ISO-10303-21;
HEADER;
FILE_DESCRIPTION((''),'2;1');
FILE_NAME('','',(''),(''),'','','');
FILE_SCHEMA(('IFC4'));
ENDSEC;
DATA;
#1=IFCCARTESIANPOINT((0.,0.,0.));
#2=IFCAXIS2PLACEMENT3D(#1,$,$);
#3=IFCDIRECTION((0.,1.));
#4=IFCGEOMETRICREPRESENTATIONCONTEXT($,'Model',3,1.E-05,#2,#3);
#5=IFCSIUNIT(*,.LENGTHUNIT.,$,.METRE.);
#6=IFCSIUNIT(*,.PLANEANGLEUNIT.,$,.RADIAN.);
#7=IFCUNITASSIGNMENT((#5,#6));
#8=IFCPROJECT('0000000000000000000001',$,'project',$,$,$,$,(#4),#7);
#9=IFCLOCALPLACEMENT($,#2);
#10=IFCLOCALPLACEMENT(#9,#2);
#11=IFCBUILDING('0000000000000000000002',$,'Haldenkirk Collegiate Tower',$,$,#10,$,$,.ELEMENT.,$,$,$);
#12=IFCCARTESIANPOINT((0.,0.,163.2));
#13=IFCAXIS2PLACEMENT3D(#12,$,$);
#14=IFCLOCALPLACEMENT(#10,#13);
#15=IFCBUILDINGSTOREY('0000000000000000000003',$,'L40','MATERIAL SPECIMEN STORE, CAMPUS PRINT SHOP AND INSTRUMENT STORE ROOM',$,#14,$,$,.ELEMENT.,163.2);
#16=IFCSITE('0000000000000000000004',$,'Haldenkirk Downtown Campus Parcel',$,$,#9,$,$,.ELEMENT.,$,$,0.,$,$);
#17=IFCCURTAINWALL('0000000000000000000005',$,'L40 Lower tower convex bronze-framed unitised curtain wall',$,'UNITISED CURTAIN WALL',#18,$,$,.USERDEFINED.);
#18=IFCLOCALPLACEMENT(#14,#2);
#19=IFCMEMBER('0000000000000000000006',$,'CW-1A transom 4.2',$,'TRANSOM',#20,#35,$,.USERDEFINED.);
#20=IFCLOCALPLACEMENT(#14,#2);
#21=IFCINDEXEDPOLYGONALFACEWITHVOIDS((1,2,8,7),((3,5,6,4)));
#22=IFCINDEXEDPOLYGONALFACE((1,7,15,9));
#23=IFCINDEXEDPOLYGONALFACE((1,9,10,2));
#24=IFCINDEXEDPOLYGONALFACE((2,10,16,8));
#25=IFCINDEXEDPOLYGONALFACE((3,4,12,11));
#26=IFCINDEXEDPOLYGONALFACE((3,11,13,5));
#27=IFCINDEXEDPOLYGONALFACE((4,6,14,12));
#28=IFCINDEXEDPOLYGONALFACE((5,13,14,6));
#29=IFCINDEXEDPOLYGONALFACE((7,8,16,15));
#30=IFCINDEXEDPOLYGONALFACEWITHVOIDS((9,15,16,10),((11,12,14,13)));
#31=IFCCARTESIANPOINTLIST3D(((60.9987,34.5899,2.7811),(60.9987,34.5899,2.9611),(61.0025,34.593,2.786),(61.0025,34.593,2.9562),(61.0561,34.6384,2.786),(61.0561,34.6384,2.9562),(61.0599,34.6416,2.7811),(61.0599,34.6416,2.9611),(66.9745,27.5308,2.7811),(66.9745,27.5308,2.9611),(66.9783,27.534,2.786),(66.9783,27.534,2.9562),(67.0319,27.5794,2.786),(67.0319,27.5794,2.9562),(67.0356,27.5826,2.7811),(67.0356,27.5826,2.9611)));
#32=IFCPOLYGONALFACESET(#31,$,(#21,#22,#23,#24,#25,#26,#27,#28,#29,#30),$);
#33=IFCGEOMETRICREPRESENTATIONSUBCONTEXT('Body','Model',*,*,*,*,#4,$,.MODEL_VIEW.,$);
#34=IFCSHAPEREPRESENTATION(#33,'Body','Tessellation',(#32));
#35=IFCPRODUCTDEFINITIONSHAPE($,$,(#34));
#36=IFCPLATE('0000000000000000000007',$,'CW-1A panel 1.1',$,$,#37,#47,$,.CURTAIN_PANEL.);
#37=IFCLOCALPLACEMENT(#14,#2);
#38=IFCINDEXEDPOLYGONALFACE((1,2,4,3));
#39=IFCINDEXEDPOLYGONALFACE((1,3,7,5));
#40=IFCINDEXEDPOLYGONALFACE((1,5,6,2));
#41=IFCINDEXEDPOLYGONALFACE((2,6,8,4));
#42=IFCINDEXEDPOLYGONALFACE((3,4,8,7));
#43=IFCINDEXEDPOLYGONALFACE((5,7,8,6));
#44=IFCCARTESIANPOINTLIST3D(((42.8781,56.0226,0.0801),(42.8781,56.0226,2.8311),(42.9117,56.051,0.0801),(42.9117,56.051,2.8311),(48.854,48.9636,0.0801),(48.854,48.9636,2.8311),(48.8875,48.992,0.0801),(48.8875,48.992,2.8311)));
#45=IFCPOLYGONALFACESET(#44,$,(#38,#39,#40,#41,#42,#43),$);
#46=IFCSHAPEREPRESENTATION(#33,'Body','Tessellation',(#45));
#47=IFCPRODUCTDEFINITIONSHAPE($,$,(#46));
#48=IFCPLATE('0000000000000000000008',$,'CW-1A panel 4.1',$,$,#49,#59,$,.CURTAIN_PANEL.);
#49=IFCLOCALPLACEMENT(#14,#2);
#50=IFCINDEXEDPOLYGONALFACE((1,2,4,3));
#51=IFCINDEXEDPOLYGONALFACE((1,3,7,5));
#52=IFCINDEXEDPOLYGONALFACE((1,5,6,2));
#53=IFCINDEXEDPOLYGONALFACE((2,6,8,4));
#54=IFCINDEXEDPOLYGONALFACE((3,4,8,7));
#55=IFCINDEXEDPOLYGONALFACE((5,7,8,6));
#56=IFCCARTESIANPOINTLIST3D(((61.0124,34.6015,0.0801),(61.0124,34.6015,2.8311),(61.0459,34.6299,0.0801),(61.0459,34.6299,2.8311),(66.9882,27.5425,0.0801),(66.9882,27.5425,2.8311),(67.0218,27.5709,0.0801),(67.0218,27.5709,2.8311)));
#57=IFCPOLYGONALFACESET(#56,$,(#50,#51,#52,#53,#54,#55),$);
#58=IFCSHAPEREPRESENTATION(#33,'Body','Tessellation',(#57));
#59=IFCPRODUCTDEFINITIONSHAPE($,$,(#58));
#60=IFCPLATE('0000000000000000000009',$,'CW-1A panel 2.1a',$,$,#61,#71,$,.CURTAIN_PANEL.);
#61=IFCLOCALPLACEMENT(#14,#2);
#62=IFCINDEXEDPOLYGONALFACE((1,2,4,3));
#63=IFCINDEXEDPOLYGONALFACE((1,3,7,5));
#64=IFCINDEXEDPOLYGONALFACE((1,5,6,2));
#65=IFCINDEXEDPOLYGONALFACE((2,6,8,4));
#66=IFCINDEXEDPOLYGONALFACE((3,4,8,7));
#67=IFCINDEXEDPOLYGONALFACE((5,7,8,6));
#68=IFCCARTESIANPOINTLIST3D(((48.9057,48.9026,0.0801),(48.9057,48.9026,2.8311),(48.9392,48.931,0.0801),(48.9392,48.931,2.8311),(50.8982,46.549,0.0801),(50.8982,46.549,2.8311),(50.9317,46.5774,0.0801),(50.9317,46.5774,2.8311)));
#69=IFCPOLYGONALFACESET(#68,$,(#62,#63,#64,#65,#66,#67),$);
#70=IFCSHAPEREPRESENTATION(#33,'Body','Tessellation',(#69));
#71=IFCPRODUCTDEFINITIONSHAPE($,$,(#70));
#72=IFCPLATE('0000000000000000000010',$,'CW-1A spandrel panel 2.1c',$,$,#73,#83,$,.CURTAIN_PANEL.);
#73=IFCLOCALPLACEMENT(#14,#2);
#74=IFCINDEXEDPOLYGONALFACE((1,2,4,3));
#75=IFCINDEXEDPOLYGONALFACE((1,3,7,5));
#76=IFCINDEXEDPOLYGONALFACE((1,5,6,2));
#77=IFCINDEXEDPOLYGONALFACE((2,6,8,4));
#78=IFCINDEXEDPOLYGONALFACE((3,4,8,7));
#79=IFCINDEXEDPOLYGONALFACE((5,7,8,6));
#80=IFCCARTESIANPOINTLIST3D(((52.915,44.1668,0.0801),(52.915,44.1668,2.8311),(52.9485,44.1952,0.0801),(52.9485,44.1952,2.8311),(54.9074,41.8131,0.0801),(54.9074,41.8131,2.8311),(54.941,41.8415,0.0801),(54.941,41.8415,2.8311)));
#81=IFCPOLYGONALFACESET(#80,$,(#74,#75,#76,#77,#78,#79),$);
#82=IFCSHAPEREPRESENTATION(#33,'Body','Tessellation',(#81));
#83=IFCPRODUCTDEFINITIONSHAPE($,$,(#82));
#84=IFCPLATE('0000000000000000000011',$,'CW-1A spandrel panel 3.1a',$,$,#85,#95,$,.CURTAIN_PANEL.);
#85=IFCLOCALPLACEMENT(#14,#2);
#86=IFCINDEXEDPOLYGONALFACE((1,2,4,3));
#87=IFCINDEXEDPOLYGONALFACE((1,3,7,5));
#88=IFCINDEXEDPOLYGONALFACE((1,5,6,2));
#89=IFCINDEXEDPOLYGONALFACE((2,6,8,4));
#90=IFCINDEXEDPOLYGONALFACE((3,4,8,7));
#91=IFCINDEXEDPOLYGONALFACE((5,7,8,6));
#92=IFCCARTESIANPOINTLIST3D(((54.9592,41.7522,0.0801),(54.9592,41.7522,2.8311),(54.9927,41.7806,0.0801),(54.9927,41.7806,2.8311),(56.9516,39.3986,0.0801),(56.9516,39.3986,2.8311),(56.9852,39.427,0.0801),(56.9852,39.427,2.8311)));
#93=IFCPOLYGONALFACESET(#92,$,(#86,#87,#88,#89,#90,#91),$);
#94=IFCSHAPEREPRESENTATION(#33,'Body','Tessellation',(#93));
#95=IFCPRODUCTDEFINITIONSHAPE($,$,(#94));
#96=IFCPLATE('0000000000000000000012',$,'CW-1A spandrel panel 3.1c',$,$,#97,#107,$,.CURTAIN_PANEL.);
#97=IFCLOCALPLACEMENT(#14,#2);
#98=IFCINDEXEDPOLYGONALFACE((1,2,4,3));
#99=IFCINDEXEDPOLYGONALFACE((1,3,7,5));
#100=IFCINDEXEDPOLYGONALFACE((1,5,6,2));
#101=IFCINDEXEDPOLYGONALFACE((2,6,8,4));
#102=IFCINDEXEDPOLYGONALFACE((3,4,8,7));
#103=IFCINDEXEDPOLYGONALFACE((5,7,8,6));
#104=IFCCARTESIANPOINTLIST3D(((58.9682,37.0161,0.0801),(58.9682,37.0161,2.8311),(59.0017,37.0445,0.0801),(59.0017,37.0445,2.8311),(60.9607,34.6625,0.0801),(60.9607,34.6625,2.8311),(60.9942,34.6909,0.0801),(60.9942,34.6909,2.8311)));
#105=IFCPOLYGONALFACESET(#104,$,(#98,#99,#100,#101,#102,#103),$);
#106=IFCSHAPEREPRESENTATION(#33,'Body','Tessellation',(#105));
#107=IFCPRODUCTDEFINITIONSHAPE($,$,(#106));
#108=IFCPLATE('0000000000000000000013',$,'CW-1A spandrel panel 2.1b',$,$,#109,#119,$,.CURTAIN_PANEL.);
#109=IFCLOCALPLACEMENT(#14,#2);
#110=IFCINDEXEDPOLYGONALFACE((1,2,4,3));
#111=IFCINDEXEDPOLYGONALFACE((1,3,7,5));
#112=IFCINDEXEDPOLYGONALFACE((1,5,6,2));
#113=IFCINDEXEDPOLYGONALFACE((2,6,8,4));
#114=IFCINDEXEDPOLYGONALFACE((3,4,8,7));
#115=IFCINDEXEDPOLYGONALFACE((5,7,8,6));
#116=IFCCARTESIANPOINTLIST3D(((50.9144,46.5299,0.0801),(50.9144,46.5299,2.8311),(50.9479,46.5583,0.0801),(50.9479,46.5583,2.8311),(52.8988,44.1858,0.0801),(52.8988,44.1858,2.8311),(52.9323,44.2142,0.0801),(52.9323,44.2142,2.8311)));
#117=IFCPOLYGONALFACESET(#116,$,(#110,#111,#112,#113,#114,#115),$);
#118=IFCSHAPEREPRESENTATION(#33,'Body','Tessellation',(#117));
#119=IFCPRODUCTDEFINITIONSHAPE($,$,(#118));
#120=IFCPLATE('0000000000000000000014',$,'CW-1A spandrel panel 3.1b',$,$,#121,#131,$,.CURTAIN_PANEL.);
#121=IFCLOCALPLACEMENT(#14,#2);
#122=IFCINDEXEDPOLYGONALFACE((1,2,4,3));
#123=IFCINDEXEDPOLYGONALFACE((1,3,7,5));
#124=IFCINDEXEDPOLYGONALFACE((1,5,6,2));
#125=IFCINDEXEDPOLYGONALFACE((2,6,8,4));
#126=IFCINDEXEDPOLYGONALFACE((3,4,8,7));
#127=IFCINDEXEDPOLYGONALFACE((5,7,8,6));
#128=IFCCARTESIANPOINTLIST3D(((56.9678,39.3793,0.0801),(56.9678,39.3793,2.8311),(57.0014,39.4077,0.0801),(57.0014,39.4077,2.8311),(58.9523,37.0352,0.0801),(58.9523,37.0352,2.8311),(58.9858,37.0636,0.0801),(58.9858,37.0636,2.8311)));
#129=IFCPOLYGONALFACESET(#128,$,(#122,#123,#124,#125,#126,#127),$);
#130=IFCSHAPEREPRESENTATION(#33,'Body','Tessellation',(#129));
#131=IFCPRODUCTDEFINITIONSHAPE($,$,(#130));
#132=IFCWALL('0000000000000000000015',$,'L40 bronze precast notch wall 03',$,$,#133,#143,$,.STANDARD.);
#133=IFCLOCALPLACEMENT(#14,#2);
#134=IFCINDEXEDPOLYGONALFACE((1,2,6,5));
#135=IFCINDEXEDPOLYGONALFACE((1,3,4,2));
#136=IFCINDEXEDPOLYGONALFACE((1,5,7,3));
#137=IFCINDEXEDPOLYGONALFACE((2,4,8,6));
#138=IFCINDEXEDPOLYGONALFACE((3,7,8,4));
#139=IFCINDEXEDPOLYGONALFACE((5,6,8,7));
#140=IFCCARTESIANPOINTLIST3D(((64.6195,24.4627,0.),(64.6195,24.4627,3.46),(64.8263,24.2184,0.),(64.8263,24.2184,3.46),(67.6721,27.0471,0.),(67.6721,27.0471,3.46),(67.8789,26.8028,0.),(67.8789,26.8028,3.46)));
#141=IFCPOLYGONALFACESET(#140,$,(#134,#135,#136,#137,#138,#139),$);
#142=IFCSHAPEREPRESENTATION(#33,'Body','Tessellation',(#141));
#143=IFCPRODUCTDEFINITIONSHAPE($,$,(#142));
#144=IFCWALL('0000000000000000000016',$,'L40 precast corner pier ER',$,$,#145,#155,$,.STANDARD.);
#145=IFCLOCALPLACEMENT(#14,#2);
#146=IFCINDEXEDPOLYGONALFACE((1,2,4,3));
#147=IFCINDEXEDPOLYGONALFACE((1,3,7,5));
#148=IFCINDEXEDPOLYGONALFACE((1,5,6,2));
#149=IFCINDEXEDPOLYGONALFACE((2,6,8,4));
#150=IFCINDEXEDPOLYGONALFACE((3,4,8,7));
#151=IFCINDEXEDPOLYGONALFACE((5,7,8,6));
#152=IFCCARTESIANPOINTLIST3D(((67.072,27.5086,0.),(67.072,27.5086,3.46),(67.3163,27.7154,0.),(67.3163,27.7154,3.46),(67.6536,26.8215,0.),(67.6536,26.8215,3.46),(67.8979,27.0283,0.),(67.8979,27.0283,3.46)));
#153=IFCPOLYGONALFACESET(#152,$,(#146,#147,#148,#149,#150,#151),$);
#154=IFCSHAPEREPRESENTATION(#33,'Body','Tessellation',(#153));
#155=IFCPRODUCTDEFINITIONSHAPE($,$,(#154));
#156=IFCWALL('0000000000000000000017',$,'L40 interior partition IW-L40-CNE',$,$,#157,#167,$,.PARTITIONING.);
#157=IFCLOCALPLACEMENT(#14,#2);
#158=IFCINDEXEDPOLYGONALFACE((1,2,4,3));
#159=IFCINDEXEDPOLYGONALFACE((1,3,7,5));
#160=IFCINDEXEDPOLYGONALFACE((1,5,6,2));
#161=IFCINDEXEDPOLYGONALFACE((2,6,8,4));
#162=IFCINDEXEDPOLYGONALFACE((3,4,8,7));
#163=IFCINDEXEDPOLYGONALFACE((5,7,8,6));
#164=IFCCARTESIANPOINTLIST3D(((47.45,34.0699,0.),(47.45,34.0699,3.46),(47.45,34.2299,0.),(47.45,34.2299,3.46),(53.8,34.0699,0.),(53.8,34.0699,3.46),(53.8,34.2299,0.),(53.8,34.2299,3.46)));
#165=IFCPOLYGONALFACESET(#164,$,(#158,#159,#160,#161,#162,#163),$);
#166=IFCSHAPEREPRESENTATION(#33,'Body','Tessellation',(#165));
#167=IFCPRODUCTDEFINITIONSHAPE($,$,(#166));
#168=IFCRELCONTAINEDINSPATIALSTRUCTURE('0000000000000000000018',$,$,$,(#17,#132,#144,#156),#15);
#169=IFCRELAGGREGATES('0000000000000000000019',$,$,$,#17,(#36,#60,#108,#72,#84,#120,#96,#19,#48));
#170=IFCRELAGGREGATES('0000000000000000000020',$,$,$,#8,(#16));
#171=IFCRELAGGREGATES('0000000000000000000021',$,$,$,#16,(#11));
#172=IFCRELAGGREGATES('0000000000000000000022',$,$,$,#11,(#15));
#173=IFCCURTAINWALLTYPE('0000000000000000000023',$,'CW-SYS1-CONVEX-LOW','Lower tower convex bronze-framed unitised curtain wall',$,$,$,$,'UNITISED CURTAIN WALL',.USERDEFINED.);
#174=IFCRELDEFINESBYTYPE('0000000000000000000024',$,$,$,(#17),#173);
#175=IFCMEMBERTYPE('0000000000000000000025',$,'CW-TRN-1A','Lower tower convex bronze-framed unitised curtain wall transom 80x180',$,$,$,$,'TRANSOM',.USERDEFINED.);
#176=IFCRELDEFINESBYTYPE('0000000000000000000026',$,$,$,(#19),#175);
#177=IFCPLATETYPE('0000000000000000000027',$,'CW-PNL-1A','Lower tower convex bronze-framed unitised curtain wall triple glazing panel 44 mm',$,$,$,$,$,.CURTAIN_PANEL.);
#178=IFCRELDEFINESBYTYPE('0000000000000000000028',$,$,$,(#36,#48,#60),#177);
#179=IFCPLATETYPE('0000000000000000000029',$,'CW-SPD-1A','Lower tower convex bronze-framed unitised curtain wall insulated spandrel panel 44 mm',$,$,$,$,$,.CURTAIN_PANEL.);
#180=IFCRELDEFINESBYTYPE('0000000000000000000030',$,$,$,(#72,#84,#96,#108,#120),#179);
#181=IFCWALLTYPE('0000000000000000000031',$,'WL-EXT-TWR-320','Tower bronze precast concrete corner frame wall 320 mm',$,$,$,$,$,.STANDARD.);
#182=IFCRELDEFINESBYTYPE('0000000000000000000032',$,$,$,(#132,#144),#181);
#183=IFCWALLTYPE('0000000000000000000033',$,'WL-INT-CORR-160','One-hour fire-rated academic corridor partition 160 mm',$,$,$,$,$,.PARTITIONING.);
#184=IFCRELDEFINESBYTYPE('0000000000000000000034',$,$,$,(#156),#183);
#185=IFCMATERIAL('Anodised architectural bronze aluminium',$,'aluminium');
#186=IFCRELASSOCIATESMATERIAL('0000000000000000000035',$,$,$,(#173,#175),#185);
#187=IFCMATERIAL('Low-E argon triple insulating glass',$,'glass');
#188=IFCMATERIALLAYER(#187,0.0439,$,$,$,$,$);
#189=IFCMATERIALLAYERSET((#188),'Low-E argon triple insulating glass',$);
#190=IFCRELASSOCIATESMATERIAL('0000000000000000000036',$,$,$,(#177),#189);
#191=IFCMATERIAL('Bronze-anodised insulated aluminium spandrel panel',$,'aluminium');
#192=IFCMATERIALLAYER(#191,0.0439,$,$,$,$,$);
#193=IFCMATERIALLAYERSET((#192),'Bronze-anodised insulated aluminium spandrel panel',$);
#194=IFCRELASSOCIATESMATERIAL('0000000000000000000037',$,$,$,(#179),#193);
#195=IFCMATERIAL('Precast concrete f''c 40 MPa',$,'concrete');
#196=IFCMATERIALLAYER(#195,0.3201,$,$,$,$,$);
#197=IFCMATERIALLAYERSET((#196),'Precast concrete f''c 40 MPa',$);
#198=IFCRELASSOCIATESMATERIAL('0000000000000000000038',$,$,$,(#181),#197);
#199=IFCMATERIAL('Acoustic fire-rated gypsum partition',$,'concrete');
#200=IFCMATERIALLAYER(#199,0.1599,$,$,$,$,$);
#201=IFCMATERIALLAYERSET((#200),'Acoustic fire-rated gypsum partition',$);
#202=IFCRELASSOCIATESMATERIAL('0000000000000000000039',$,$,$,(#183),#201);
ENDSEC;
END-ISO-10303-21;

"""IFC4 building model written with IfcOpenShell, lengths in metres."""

from ifc_helpers import new_model, si_unit, direction, frame, frame_2d, origin, origin_2d, place, context, subcontext, project, spatial, rectangle, hollow_rectangle, extrude, source, transform, mapped, material, layer, layer_set, material_profile, profile_set, type_object, element, aggregate, save


model = new_model("IFC4")

# Units and contexts
model_context = context("Model", 3, precision=1e-05, world=origin(), true_north=direction((0.0, 1.0)))
body_context = subcontext(model_context, "Body", "Model", "MODEL_VIEW")
ifc_project = project(units=[si_unit("LENGTHUNIT", "METRE"), si_unit("PLANEANGLEUNIT", "RADIAN")], contexts=[model_context])

# Site, building, storey
site_placement = place(None, origin())
site = spatial("IfcSite", under=ifc_project, at=site_placement, Name="Haldenkirk Downtown Campus Parcel", CompositionType="ELEMENT", RefElevation=0.0)
building_placement = place(site_placement, origin())
building = spatial("IfcBuilding", under=site, at=building_placement, Name="Haldenkirk Collegiate Tower", CompositionType="ELEMENT")
storey_placement = place(building_placement, frame((0.0, 0.0, 163.2)))
storey = spatial("IfcBuildingStorey", under=building, at=storey_placement, Name="L40", Description="MATERIAL SPECIMEN STORE, CAMPUS PRINT SHOP AND INSTRUMENT STORE ROOM", CompositionType="ELEMENT", Elevation=163.2)

# Curtain wall, member, plates
ifc_material_1 = material(Name="Anodised architectural bronze aluminium", Category="aluminium")
curtain_wall_type = type_object("IfcCurtainWallType", Name="CW-SYS1-CONVEX-LOW", Description="Lower tower convex bronze-framed unitised curtain wall", ElementType="UNITISED CURTAIN WALL", PredefinedType="USERDEFINED", material=ifc_material_1)
curtain_wall_placement = place(storey_placement, origin())
curtain_wall = element("IfcCurtainWall", 1, at=curtain_wall_placement, inside=storey, type_object=curtain_wall_type, Name="L40 Lower tower convex bronze-framed unitised curtain wall", ObjectType="UNITISED CURTAIN WALL", PredefinedType="USERDEFINED")
ifc_material_profile_1 = material_profile(ifc_material_1, hollow_rectangle(XDim=0.0801, YDim=0.1799, WallThickness=0.0049, at=origin_2d()), Name="CW-TRN-1A")
ifc_profile_set_1 = profile_set([ifc_material_profile_1], Name="Anodised architectural bronze aluminium")
member_type_1 = type_object("IfcMemberType", Name="CW-TRN-1A", Description="Lower tower convex bronze-framed unitised curtain wall transom 80x180", ElementType="TRANSOM", PredefinedType="USERDEFINED", material=ifc_profile_set_1)
member_1_placement = place(storey_placement, frame((61.0293, 34.6157, 2.8711), z_axis=(0.646116, -0.763239, 0.0), x_axis=(0.763239, 0.646116, 0.0)))
member_1 = element("IfcMember", 2, at=member_1_placement, type_object=member_type_1, Name="CW-1A transom 4.2", ObjectType="TRANSOM", PredefinedType="USERDEFINED", context=body_context, shape_type="SweptSolid", body=[
    extrude(hollow_rectangle(XDim=0.0801, YDim=0.1799, WallThickness=0.0049, at=origin_2d()), origin(), (0.0, 0.0, 1.0), 9.2488),
])
ifc_material_2 = material(Name="Low-E argon triple insulating glass", Category="glass")
ifc_layer_1 = layer(ifc_material_2, 0.0439)
ifc_layer_set_1 = layer_set([ifc_layer_1], Name="Low-E argon triple insulating glass")
plate_type_1 = type_object("IfcPlateType", Name="CW-PNL-1A", Description="Lower tower convex bronze-framed unitised curtain wall triple glazing panel 44 mm", PredefinedType="CURTAIN_PANEL", material=ifc_layer_set_1)
shared_shape_1 = source(origin(), body_context, "Body", "SweptSolid", [
    extrude(rectangle(XDim=9.2488, YDim=0.0439, at=origin_2d()), origin(), (0.0, 0.0, 1.0), 2.751),
])
plate_1_placement = place(storey_placement, frame((45.8828, 52.5073, 0.0801), z_axis=(0.0, 0.0, 1.0), x_axis=(0.646123, -0.763233, 0.0)))
plate_1 = element("IfcPlate", 3, at=plate_1_placement, type_object=plate_type_1, Name="CW-1A panel 1.1", PredefinedType="CURTAIN_PANEL", context=body_context, shape_type="MappedRepresentation", body=[
    mapped(shared_shape_1, transform((0.0, 0.0, 0.0), x_axis=(1.0, 0.0, 0.0), y_axis=(0.0, 1.0, 0.0), z_axis=(0.0, 0.0, 1.0), scale=1.0)),
])
plate_2_placement = place(storey_placement, frame((64.0171, 31.0862, 0.0801), z_axis=(0.0, 0.0, 1.0), x_axis=(0.646123, -0.763233, 0.0)))
plate_2 = element("IfcPlate", 4, at=plate_2_placement, type_object=plate_type_1, Name="CW-1A panel 4.1", PredefinedType="CURTAIN_PANEL", context=body_context, shape_type="MappedRepresentation", body=[
    mapped(shared_shape_1, transform((0.0, 0.0, 0.0), x_axis=(1.0, 0.0, 0.0), y_axis=(0.0, 1.0, 0.0), z_axis=(0.0, 0.0, 1.0), scale=1.0)),
])
shared_shape_2 = source(origin(), body_context, "Body", "SweptSolid", [
    extrude(rectangle(XDim=3.0837, YDim=0.0439, at=origin_2d()), origin(), (0.0, 0.0, 1.0), 2.751),
])
plate_3_placement = place(storey_placement, frame((49.9187, 47.74, 0.0801), z_axis=(0.0, 0.0, 1.0), x_axis=(0.646123, -0.763233, 0.0)))
plate_3 = element("IfcPlate", 5, at=plate_3_placement, type_object=plate_type_1, Name="CW-1A panel 2.1a", PredefinedType="CURTAIN_PANEL", context=body_context, shape_type="MappedRepresentation", body=[
    mapped(shared_shape_2, transform((0.0, 0.0, 0.0), x_axis=(1.0, 0.0, 0.0), y_axis=(0.0, 1.0, 0.0), z_axis=(0.0, 0.0, 1.0), scale=1.0)),
])
ifc_material_3 = material(Name="Bronze-anodised insulated aluminium spandrel panel", Category="aluminium")
ifc_layer_2 = layer(ifc_material_3, 0.0439)
ifc_layer_set_2 = layer_set([ifc_layer_2], Name="Bronze-anodised insulated aluminium spandrel panel")
plate_type_2 = type_object("IfcPlateType", Name="CW-SPD-1A", Description="Lower tower convex bronze-framed unitised curtain wall insulated spandrel panel 44 mm", PredefinedType="CURTAIN_PANEL", material=ifc_layer_set_2)
plate_4_placement = place(storey_placement, frame((53.928, 43.0042, 0.0801), z_axis=(0.0, 0.0, 1.0), x_axis=(0.646123, -0.763233, 0.0)))
plate_4 = element("IfcPlate", 6, at=plate_4_placement, type_object=plate_type_2, Name="CW-1A spandrel panel 2.1c", PredefinedType="CURTAIN_PANEL", context=body_context, shape_type="MappedRepresentation", body=[
    mapped(shared_shape_2, transform((0.0, 0.0, 0.0), x_axis=(1.0, 0.0, 0.0), y_axis=(0.0, 1.0, 0.0), z_axis=(0.0, 0.0, 1.0), scale=1.0)),
])
plate_5_placement = place(storey_placement, frame((55.9722, 40.5896, 0.0801), z_axis=(0.0, 0.0, 1.0), x_axis=(0.646123, -0.763233, 0.0)))
plate_5 = element("IfcPlate", 7, at=plate_5_placement, type_object=plate_type_2, Name="CW-1A spandrel panel 3.1a", PredefinedType="CURTAIN_PANEL", context=body_context, shape_type="MappedRepresentation", body=[
    mapped(shared_shape_2, transform((0.0, 0.0, 0.0), x_axis=(1.0, 0.0, 0.0), y_axis=(0.0, 1.0, 0.0), z_axis=(0.0, 0.0, 1.0), scale=1.0)),
])
plate_6_placement = place(storey_placement, frame((59.9812, 35.8535, 0.0801), z_axis=(0.0, 0.0, 1.0), x_axis=(0.646123, -0.763233, 0.0)))
plate_6 = element("IfcPlate", 8, at=plate_6_placement, type_object=plate_type_2, Name="CW-1A spandrel panel 3.1c", PredefinedType="CURTAIN_PANEL", context=body_context, shape_type="MappedRepresentation", body=[
    mapped(shared_shape_2, transform((0.0, 0.0, 0.0), x_axis=(1.0, 0.0, 0.0), y_axis=(0.0, 1.0, 0.0), z_axis=(0.0, 0.0, 1.0), scale=1.0)),
])
shared_shape_3 = source(origin(), body_context, "Body", "SweptSolid", [
    extrude(rectangle(XDim=3.0713, YDim=0.0439, at=origin_2d()), origin(), (0.0, 0.0, 1.0), 2.751),
])
plate_7_placement = place(storey_placement, frame((51.9233, 45.3721, 0.0801), z_axis=(0.0, 0.0, 1.0), x_axis=(0.646123, -0.763233, 0.0)))
plate_7 = element("IfcPlate", 9, at=plate_7_placement, type_object=plate_type_2, Name="CW-1A spandrel panel 2.1b", PredefinedType="CURTAIN_PANEL", context=body_context, shape_type="MappedRepresentation", body=[
    mapped(shared_shape_3, transform((0.0, 0.0, 0.0), x_axis=(1.0, 0.0, 0.0), y_axis=(0.0, 1.0, 0.0), z_axis=(0.0, 0.0, 1.0), scale=1.0)),
])
plate_8_placement = place(storey_placement, frame((57.9768, 38.2214, 0.0801), z_axis=(0.0, 0.0, 1.0), x_axis=(0.646123, -0.763233, 0.0)))
plate_8 = element("IfcPlate", 10, at=plate_8_placement, type_object=plate_type_2, Name="CW-1A spandrel panel 3.1b", PredefinedType="CURTAIN_PANEL", context=body_context, shape_type="MappedRepresentation", body=[
    mapped(shared_shape_3, transform((0.0, 0.0, 0.0), x_axis=(1.0, 0.0, 0.0), y_axis=(0.0, 1.0, 0.0), z_axis=(0.0, 0.0, 1.0), scale=1.0)),
])
aggregate(curtain_wall, [plate_1, plate_3, plate_7, plate_4, plate_5, plate_8, plate_6, member_1, plate_2])

# Walls
ifc_material_4 = material(Name="Precast concrete f'c 40 MPa", Category="concrete")
ifc_layer_3 = layer(ifc_material_4, 0.3201)
ifc_layer_set_3 = layer_set([ifc_layer_3], Name="Precast concrete f'c 40 MPa")
wall_type_1 = type_object("IfcWallType", Name="WL-EXT-TWR-320", Description="Tower bronze precast concrete corner frame wall 320 mm", PredefinedType="STANDARD", material=ifc_layer_set_3)
wall_1_placement = place(storey_placement, frame((67.7756, 26.925, 0.0), z_axis=(0.0, 0.0, 1.0), x_axis=(-0.763215, -0.646145, 0.0)))
element("IfcWall", 11, at=wall_1_placement, inside=storey, type_object=wall_type_1, Name="L40 bronze precast notch wall 03", PredefinedType="STANDARD", context=body_context, shape_type="SweptSolid", body=[
    extrude(rectangle(XDim=3.9998, YDim=0.3201, at=frame_2d((2.0, 0.0))), origin(), (0.0, 0.0, 1.0), 3.46),
])
wall_2_placement = place(storey_placement, frame((67.1941, 27.6121, 0.0), z_axis=(0.0, 0.0, 1.0), x_axis=(0.646088, -0.763263, 0.0)))
element("IfcWall", 12, at=wall_2_placement, inside=storey, type_object=wall_type_1, Name="L40 precast corner pier ER", PredefinedType="STANDARD", context=body_context, shape_type="SweptSolid", body=[
    extrude(rectangle(XDim=0.9001, YDim=0.3201, at=frame_2d((0.4502, 0.0))), origin(), (0.0, 0.0, 1.0), 3.46),
])
ifc_material_5 = material(Name="Acoustic fire-rated gypsum partition", Category="concrete")
ifc_layer_4 = layer(ifc_material_5, 0.1599)
ifc_layer_set_4 = layer_set([ifc_layer_4], Name="Acoustic fire-rated gypsum partition")
wall_type_2 = type_object("IfcWallType", Name="WL-INT-CORR-160", Description="One-hour fire-rated academic corridor partition 160 mm", PredefinedType="PARTITIONING", material=ifc_layer_set_4)
wall_3_placement = place(storey_placement, frame((47.45, 34.1499, 0.0), z_axis=(0.0, 0.0, 1.0), x_axis=(1.0, 0.0, 0.0)))
element("IfcWall", 13, at=wall_3_placement, inside=storey, type_object=wall_type_2, Name="L40 interior partition IW-L40-CNE", PredefinedType="PARTITIONING", context=body_context, shape_type="SweptSolid", body=[
    extrude(rectangle(XDim=6.3501, YDim=0.1599, at=frame_2d((3.175, 0.0))), origin(), (0.0, 0.0, 1.0), 3.46),
])

save(model, "model.ifc")
